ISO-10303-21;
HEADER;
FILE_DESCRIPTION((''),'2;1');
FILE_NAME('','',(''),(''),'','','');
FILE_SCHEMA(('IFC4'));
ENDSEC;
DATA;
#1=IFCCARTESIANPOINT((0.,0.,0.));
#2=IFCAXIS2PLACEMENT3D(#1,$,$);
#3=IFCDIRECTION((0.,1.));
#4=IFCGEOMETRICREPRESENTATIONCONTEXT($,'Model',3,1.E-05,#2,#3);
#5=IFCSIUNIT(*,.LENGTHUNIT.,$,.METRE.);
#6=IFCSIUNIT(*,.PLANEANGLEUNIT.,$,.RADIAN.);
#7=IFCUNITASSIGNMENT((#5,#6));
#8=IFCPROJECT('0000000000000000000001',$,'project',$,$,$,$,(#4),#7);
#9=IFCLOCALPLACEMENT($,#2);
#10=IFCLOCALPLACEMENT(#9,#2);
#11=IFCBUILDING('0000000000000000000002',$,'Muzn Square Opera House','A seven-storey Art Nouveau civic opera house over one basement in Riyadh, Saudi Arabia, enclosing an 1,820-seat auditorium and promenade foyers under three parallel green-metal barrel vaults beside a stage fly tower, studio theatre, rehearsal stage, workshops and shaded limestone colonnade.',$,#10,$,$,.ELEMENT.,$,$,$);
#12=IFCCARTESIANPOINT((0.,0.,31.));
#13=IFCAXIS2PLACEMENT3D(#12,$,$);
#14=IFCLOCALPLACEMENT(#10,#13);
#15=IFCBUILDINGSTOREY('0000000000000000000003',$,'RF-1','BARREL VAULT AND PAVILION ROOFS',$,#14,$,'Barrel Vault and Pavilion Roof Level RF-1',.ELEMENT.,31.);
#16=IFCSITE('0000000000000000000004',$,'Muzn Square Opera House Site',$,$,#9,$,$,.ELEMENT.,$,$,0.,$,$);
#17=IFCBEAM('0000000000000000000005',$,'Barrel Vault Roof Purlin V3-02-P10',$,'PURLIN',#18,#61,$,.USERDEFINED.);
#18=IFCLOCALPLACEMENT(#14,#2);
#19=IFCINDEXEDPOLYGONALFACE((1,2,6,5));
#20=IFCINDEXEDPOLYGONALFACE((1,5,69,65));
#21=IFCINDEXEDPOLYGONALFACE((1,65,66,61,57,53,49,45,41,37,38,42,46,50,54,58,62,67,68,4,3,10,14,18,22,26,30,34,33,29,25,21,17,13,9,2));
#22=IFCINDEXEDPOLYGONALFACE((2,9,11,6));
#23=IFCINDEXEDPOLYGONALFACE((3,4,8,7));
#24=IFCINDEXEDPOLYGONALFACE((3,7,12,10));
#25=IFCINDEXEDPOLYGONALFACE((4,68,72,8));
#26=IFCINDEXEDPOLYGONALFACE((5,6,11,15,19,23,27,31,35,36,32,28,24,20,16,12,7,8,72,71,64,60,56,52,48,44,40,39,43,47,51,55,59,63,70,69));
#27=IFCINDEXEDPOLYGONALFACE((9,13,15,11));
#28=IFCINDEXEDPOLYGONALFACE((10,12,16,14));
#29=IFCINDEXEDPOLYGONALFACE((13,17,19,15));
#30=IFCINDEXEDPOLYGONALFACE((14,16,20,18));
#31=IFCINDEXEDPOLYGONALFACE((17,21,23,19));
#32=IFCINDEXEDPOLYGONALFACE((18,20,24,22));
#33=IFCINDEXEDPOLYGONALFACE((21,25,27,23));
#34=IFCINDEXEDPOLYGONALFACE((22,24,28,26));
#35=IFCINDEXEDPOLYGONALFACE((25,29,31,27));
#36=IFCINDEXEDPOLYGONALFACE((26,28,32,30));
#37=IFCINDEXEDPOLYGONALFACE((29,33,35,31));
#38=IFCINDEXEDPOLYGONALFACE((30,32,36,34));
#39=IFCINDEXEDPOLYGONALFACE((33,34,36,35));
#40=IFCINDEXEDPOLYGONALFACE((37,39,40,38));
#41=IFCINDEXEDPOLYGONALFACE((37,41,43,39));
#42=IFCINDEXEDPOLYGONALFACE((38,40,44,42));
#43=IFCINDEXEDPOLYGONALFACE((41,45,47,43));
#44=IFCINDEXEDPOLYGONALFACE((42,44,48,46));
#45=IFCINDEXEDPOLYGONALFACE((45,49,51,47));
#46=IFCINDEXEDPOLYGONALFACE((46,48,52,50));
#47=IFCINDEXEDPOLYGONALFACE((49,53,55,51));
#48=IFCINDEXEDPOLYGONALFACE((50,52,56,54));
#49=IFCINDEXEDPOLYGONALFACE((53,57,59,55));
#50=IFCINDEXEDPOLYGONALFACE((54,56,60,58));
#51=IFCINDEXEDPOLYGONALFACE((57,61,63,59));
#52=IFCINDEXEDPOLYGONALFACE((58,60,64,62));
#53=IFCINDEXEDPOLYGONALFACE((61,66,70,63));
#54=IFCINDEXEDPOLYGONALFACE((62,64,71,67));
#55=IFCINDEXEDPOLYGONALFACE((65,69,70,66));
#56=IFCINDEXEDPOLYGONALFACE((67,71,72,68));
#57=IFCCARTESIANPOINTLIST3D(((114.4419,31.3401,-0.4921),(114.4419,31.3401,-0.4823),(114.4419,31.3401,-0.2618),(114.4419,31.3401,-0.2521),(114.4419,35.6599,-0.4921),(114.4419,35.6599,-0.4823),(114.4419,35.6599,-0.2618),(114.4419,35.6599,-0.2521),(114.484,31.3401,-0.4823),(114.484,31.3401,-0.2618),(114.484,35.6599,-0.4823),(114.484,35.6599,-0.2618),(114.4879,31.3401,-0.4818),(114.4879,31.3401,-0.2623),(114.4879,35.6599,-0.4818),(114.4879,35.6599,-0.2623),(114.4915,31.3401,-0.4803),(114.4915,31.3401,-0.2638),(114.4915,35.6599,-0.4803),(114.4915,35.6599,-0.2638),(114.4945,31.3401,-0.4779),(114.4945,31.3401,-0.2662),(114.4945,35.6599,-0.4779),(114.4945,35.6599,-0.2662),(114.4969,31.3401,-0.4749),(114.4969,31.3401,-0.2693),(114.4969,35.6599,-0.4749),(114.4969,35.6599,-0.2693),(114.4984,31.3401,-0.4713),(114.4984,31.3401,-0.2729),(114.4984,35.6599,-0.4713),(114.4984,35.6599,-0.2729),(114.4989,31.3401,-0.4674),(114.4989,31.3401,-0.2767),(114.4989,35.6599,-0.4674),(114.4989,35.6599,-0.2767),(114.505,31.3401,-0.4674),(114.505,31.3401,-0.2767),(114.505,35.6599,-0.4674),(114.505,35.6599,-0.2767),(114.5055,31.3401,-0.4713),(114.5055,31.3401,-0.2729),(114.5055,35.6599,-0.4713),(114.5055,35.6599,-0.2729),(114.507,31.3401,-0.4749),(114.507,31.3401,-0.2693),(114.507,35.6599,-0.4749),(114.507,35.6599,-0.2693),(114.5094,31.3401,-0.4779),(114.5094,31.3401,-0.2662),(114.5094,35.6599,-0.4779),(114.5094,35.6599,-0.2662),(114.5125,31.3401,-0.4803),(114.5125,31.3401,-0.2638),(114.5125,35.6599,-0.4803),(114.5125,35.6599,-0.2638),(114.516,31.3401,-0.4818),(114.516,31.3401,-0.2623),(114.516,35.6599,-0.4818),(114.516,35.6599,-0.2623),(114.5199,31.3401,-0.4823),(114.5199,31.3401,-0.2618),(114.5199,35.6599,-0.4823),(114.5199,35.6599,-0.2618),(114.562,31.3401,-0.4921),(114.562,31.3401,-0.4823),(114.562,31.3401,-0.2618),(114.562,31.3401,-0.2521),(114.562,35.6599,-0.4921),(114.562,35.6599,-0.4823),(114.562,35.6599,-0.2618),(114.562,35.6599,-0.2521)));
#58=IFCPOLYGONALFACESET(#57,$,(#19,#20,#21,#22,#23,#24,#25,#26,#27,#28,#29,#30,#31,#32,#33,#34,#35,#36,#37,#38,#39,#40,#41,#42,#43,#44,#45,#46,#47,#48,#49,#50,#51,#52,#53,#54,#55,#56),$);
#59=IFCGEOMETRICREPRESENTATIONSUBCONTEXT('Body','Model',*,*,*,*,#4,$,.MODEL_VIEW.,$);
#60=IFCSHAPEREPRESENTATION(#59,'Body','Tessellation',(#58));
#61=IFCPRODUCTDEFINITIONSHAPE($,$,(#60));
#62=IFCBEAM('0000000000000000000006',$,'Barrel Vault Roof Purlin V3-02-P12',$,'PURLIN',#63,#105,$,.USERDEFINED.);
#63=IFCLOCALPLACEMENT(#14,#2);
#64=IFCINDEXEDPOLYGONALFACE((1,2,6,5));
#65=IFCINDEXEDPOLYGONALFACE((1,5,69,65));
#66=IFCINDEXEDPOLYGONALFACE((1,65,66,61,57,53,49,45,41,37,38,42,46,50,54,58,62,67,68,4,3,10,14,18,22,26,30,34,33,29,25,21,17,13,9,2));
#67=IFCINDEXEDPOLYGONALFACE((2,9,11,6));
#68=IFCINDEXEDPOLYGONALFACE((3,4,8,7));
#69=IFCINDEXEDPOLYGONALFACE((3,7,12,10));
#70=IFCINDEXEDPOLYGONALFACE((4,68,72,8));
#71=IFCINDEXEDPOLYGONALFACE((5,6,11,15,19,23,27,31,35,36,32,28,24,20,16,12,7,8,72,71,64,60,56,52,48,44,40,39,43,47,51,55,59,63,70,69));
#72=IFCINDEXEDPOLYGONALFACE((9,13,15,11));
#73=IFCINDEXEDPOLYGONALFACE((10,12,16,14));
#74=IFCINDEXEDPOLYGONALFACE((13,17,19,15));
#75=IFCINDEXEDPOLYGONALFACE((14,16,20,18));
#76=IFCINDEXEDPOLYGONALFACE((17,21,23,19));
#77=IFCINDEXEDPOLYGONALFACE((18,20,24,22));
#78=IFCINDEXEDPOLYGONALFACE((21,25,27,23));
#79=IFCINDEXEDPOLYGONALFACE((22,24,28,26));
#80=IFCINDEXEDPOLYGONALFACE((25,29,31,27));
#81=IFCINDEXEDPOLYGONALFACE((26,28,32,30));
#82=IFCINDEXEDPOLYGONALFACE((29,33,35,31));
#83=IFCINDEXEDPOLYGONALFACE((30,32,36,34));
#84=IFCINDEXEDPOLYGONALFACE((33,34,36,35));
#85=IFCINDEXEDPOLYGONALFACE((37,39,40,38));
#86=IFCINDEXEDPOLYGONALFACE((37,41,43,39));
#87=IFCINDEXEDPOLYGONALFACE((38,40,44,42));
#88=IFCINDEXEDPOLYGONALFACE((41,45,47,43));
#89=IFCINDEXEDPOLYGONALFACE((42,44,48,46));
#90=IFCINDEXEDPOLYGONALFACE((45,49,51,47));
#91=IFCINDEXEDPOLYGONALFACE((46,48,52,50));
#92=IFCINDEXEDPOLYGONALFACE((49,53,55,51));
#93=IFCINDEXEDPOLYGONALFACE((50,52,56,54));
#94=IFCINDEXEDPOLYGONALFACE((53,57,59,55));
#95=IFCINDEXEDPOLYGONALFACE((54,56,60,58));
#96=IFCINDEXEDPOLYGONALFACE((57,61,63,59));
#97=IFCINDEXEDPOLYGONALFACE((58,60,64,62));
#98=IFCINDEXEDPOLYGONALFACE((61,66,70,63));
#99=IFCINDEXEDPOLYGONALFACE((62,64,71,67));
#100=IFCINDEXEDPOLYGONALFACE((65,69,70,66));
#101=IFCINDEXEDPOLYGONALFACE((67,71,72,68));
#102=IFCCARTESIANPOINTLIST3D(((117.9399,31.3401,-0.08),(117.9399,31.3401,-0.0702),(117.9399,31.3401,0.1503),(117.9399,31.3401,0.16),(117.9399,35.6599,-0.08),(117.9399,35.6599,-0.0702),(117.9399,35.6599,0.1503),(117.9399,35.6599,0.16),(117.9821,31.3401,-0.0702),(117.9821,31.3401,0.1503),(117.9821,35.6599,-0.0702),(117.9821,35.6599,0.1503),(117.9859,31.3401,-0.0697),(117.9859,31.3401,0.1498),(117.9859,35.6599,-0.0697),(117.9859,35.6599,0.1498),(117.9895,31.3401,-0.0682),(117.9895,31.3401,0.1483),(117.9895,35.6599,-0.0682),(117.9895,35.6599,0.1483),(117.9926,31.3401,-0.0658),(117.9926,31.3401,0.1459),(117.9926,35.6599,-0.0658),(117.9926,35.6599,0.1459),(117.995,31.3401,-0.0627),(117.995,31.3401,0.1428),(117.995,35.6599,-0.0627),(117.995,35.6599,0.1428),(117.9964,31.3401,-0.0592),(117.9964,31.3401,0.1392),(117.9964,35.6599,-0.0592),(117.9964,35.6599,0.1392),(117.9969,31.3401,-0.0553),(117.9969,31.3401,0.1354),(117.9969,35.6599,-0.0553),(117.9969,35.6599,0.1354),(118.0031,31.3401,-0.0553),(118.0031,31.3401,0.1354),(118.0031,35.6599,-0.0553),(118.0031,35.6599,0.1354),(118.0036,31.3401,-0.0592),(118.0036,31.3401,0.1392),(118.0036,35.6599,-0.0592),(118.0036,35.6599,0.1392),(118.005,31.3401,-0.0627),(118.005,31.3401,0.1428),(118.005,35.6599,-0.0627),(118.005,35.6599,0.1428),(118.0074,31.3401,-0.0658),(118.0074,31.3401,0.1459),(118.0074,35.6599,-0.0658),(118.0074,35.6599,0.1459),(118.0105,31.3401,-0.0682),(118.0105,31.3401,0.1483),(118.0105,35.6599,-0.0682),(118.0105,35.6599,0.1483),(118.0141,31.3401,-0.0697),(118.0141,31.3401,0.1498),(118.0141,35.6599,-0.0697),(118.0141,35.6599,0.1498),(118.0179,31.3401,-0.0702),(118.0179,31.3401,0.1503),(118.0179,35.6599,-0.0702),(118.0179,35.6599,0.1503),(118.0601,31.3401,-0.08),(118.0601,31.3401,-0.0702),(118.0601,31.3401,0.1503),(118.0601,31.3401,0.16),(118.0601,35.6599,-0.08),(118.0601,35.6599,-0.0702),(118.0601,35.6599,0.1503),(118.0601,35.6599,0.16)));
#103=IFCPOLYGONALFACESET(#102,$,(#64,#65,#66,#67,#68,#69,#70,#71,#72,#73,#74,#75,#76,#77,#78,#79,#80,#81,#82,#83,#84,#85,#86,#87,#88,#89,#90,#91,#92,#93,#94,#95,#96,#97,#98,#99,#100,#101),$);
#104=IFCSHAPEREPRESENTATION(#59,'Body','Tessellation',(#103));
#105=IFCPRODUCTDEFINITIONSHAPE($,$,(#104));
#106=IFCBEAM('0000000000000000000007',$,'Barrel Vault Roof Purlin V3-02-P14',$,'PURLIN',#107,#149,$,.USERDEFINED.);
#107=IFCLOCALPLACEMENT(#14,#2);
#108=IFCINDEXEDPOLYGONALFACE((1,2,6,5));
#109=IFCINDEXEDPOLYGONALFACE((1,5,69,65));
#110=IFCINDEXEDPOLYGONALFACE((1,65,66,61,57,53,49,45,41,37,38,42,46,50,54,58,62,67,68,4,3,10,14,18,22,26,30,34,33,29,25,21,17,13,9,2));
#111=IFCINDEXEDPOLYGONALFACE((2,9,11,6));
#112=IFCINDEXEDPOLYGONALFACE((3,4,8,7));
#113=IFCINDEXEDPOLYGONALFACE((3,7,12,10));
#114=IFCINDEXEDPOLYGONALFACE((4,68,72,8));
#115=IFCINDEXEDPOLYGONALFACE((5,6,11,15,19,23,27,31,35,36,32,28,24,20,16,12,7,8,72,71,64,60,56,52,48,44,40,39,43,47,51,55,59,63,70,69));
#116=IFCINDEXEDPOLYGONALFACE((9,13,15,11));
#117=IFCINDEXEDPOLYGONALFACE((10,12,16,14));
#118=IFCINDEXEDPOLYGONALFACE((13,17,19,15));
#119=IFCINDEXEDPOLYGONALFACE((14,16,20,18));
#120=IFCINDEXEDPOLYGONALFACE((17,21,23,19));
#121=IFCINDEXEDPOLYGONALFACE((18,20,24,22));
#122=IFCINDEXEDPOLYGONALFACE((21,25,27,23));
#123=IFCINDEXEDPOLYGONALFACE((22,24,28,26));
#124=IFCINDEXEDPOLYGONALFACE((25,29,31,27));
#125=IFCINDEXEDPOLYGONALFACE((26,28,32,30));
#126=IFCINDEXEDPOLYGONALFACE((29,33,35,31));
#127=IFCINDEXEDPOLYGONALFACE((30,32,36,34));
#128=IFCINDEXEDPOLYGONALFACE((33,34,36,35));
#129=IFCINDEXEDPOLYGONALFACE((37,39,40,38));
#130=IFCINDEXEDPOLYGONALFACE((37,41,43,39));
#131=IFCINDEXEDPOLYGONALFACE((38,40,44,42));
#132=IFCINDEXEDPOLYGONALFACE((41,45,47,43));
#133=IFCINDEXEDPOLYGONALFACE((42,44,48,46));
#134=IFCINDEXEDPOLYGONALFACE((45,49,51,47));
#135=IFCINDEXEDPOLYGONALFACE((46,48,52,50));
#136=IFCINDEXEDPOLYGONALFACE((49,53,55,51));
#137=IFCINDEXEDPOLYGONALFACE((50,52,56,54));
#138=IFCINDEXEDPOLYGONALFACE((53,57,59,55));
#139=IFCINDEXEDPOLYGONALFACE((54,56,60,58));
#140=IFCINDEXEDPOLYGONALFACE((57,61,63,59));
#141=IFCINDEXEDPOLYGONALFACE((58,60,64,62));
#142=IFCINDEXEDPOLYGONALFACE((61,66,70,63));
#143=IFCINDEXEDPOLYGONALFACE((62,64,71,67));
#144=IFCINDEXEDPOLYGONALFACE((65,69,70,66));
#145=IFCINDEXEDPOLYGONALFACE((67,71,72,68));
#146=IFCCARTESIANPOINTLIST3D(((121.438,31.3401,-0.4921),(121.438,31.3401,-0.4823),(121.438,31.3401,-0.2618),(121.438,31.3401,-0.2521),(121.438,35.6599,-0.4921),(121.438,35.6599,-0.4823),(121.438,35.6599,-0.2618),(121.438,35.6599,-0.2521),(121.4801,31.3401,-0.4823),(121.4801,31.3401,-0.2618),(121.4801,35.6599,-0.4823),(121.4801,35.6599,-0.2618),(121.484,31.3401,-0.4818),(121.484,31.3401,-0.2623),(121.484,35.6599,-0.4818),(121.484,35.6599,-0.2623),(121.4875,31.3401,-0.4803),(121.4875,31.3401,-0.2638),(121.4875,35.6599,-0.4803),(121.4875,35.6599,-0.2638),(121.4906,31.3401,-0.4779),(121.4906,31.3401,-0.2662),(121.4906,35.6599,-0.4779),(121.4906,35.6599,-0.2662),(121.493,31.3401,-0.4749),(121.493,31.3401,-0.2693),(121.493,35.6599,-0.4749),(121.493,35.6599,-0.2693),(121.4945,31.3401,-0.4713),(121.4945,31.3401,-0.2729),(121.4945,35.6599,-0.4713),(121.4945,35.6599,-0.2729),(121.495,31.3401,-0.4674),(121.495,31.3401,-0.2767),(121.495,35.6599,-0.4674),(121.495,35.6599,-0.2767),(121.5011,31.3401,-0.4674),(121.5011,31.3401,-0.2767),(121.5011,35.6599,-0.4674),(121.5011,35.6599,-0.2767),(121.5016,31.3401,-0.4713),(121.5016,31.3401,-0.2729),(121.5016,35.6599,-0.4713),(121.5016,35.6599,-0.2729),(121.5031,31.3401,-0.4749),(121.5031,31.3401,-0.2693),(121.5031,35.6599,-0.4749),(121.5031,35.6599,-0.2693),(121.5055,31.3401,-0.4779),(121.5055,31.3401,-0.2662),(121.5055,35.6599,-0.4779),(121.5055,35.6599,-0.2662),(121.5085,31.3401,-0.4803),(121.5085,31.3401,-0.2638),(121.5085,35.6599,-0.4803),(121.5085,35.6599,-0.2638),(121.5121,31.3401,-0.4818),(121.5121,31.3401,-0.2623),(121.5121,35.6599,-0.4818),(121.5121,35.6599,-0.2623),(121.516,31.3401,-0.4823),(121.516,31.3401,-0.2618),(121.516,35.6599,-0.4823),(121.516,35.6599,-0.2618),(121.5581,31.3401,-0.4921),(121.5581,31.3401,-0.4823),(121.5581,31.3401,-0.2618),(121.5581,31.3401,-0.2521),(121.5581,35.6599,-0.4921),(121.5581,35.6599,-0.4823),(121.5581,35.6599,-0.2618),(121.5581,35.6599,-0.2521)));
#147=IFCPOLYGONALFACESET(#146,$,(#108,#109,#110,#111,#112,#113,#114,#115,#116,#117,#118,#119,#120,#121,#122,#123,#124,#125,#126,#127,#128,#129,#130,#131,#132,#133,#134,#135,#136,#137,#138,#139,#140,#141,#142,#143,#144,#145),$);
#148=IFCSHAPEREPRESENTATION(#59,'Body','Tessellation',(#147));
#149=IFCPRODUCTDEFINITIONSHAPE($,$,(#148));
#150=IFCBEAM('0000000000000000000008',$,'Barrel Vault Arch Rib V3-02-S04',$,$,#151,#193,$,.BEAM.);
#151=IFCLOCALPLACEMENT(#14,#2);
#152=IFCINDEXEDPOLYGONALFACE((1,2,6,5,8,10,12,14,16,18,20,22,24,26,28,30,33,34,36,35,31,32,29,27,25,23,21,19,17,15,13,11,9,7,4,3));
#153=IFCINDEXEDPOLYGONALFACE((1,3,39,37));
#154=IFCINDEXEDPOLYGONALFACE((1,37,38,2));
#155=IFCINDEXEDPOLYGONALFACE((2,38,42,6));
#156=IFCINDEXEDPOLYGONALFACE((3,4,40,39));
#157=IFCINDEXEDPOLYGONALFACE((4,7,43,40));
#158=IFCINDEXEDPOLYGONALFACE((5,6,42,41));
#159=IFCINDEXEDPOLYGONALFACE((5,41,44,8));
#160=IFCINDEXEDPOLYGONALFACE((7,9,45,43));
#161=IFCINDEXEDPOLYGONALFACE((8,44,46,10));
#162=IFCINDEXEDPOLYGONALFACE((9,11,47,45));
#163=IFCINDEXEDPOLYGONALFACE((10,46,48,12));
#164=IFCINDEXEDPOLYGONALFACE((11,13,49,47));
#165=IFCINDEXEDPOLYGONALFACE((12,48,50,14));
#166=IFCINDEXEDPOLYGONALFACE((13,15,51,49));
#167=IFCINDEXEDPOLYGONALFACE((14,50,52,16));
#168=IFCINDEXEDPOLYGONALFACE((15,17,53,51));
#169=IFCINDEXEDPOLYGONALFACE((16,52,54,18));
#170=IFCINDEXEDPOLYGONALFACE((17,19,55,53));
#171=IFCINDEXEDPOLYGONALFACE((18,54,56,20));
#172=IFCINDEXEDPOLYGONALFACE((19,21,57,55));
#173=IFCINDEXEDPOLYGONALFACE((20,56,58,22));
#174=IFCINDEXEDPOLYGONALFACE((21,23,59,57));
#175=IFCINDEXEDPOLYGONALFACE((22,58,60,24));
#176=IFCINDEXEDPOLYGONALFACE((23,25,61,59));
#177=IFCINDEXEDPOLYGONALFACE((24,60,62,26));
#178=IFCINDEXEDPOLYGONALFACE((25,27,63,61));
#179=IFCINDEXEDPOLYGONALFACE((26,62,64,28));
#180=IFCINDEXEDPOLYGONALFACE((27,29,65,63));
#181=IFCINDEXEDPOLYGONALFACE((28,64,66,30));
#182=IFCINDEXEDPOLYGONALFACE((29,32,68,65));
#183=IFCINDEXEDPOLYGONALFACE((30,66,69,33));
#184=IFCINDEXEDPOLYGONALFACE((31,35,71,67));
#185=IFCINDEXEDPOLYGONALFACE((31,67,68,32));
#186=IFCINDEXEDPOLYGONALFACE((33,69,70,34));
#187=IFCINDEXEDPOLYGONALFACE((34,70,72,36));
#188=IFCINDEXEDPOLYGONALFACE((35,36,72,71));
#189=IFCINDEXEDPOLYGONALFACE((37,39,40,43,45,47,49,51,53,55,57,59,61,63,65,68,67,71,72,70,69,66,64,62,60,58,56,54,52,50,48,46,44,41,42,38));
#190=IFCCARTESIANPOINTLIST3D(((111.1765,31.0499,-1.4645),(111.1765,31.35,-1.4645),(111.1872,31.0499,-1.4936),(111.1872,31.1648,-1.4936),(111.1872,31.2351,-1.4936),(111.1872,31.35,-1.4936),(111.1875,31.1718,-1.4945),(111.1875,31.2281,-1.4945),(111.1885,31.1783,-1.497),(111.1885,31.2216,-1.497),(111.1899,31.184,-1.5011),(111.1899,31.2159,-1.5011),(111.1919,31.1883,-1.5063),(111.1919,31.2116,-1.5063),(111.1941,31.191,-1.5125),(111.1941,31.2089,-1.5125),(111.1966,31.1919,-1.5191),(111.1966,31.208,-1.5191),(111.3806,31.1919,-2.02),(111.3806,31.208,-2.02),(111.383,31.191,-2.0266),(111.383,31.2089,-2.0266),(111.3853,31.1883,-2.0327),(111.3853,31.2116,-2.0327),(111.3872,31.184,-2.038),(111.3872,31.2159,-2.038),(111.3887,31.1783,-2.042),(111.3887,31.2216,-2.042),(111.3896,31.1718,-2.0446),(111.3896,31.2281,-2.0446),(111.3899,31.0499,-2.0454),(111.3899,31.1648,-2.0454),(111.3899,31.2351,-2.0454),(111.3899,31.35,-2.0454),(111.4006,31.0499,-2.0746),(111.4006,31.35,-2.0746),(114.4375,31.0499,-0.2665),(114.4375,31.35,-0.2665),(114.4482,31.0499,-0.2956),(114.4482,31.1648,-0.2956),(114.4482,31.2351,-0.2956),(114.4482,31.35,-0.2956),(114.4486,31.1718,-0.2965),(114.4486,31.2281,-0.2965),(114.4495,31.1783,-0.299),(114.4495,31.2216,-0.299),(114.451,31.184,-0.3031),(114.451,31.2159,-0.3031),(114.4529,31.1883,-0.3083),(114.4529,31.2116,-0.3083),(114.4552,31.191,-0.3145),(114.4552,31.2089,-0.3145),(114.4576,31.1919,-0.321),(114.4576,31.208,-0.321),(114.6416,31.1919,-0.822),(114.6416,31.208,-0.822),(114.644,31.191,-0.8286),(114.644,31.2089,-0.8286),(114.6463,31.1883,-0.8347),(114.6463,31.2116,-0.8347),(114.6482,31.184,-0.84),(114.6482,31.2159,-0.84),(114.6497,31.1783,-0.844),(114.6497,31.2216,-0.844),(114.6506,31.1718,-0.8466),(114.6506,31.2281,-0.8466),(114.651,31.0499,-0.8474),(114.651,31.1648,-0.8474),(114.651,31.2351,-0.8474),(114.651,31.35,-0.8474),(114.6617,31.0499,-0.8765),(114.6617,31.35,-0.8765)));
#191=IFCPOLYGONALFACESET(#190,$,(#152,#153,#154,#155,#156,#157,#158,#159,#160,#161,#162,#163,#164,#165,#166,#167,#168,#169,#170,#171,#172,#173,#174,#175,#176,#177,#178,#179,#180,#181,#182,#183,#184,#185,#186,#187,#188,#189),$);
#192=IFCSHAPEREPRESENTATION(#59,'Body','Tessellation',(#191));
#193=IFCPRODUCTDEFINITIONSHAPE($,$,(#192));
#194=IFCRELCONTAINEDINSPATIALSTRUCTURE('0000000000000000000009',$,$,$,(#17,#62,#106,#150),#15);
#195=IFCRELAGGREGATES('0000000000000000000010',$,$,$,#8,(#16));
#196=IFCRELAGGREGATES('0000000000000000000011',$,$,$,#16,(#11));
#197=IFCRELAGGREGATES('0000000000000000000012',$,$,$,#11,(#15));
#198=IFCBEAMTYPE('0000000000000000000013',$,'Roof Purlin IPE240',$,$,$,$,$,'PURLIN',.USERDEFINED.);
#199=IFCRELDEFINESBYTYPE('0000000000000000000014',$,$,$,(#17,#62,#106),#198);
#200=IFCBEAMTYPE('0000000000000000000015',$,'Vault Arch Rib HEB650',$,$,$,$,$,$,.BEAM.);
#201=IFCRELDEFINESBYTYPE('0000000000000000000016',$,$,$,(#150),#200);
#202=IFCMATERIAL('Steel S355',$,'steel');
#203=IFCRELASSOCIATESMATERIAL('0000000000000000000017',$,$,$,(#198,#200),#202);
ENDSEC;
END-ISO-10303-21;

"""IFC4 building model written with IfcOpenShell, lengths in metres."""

from ifc_helpers import new_model, si_unit, direction, frame, origin, origin_2d, place, context, subcontext, project, spatial, i_section, extrude, material, material_profile, profile_set, type_object, element, save


model = new_model("IFC4")

# Units and contexts
model_context = context("Model", 3, precision=1e-05, world=origin(), true_north=direction((0.0, 1.0)))
body_context = subcontext(model_context, "Body", "Model", "MODEL_VIEW")
ifc_project = project(units=[si_unit("LENGTHUNIT", "METRE"), si_unit("PLANEANGLEUNIT", "RADIAN")], contexts=[model_context])

# Site, building, storey
site_placement = place(None, origin())
site = spatial("IfcSite", under=ifc_project, at=site_placement, Name="Muzn Square Opera House Site", CompositionType="ELEMENT", RefElevation=0.0)
building_placement = place(site_placement, origin())
building = spatial("IfcBuilding", under=site, at=building_placement, Name="Muzn Square Opera House", Description="A seven-storey Art Nouveau civic opera house over one basement in Riyadh, Saudi Arabia, enclosing an 1,820-seat auditorium and promenade foyers under three parallel green-metal barrel vaults beside a stage fly tower, studio theatre, rehearsal stage, workshops and shaded limestone colonnade.", CompositionType="ELEMENT")
storey_placement = place(building_placement, frame((0.0, 0.0, 31.0)))
storey = spatial("IfcBuildingStorey", under=building, at=storey_placement, Name="RF-1", Description="BARREL VAULT AND PAVILION ROOFS", LongName="Barrel Vault and Pavilion Roof Level RF-1", CompositionType="ELEMENT", Elevation=31.0)

# Beams
ifc_material_1 = material(Name="Steel S355", Category="steel")
ifc_material_profile_1 = material_profile(ifc_material_1, i_section(OverallWidth=0.1201, OverallDepth=0.24, WebThickness=0.0061, FlangeThickness=0.0098, FilletRadius=0.0149, at=origin_2d()), Name="IPE 240", Category="steel")
ifc_profile_set_1 = profile_set([ifc_material_profile_1], Name="Steel S355")
beam_type_1 = type_object("IfcBeamType", Name="Roof Purlin IPE240", ElementType="PURLIN", PredefinedType="USERDEFINED", material=ifc_profile_set_1)
for number, where, z_axis, x_axis, name in (
    (1, (114.502, 31.3401, -0.3721), (0.0, 1.0, 0.0), (-1.0, 0.0, 0.0), "Barrel Vault Roof Purlin V3-02-P10"),
    (2, (118.0, 31.3401, 0.04), (0.0, 1.0, 0.0), (-1.0, 0.0, 0.0), "Barrel Vault Roof Purlin V3-02-P12"),
    (3, (121.498, 31.3401, -0.3721), (0.0, 1.0, 0.0), (-1.0, 0.0, 0.0), "Barrel Vault Roof Purlin V3-02-P14"),
):
    element("IfcBeam", number, at=place(storey_placement, frame(where, z_axis=z_axis, x_axis=x_axis)), inside=storey, type_object=beam_type_1, Name=name, ObjectType="PURLIN", PredefinedType="USERDEFINED", context=body_context, shape_type="SweptSolid", body=[
        extrude(i_section(OverallWidth=0.1201, OverallDepth=0.24, WebThickness=0.0061, FlangeThickness=0.0098, FilletRadius=0.0149, at=origin_2d()), origin(), (0.0, 0.0, 1.0), 4.3198),
    ])
ifc_material_profile_2 = material_profile(ifc_material_1, i_section(OverallWidth=0.3, OverallDepth=0.6499, WebThickness=0.0161, FlangeThickness=0.031, FilletRadius=0.0271, at=origin_2d()), Name="HEB 650", Category="steel")
ifc_profile_set_2 = profile_set([ifc_material_profile_2], Name="Steel S355")
beam_type_2 = type_object("IfcBeamType", Name="Vault Arch Rib HEB650", PredefinedType="BEAM", material=ifc_profile_set_2)
beam_1_placement = place(storey_placement, frame((111.2886, 31.2, -1.7695), z_axis=(0.938662, 0.0, 0.344839), x_axis=(0.0, 1.0, 0.0)))
element("IfcBeam", 4, at=beam_1_placement, inside=storey, type_object=beam_type_2, Name="Barrel Vault Arch Rib V3-02-S04", PredefinedType="BEAM", context=body_context, shape_type="SweptSolid", body=[
    extrude(i_section(OverallWidth=0.3, OverallDepth=0.6499, WebThickness=0.0161, FlangeThickness=0.031, FilletRadius=0.0271, at=origin_2d()), origin(), (0.0, 0.0, 1.0), 3.4741),
])

save(model, "model.ifc")
